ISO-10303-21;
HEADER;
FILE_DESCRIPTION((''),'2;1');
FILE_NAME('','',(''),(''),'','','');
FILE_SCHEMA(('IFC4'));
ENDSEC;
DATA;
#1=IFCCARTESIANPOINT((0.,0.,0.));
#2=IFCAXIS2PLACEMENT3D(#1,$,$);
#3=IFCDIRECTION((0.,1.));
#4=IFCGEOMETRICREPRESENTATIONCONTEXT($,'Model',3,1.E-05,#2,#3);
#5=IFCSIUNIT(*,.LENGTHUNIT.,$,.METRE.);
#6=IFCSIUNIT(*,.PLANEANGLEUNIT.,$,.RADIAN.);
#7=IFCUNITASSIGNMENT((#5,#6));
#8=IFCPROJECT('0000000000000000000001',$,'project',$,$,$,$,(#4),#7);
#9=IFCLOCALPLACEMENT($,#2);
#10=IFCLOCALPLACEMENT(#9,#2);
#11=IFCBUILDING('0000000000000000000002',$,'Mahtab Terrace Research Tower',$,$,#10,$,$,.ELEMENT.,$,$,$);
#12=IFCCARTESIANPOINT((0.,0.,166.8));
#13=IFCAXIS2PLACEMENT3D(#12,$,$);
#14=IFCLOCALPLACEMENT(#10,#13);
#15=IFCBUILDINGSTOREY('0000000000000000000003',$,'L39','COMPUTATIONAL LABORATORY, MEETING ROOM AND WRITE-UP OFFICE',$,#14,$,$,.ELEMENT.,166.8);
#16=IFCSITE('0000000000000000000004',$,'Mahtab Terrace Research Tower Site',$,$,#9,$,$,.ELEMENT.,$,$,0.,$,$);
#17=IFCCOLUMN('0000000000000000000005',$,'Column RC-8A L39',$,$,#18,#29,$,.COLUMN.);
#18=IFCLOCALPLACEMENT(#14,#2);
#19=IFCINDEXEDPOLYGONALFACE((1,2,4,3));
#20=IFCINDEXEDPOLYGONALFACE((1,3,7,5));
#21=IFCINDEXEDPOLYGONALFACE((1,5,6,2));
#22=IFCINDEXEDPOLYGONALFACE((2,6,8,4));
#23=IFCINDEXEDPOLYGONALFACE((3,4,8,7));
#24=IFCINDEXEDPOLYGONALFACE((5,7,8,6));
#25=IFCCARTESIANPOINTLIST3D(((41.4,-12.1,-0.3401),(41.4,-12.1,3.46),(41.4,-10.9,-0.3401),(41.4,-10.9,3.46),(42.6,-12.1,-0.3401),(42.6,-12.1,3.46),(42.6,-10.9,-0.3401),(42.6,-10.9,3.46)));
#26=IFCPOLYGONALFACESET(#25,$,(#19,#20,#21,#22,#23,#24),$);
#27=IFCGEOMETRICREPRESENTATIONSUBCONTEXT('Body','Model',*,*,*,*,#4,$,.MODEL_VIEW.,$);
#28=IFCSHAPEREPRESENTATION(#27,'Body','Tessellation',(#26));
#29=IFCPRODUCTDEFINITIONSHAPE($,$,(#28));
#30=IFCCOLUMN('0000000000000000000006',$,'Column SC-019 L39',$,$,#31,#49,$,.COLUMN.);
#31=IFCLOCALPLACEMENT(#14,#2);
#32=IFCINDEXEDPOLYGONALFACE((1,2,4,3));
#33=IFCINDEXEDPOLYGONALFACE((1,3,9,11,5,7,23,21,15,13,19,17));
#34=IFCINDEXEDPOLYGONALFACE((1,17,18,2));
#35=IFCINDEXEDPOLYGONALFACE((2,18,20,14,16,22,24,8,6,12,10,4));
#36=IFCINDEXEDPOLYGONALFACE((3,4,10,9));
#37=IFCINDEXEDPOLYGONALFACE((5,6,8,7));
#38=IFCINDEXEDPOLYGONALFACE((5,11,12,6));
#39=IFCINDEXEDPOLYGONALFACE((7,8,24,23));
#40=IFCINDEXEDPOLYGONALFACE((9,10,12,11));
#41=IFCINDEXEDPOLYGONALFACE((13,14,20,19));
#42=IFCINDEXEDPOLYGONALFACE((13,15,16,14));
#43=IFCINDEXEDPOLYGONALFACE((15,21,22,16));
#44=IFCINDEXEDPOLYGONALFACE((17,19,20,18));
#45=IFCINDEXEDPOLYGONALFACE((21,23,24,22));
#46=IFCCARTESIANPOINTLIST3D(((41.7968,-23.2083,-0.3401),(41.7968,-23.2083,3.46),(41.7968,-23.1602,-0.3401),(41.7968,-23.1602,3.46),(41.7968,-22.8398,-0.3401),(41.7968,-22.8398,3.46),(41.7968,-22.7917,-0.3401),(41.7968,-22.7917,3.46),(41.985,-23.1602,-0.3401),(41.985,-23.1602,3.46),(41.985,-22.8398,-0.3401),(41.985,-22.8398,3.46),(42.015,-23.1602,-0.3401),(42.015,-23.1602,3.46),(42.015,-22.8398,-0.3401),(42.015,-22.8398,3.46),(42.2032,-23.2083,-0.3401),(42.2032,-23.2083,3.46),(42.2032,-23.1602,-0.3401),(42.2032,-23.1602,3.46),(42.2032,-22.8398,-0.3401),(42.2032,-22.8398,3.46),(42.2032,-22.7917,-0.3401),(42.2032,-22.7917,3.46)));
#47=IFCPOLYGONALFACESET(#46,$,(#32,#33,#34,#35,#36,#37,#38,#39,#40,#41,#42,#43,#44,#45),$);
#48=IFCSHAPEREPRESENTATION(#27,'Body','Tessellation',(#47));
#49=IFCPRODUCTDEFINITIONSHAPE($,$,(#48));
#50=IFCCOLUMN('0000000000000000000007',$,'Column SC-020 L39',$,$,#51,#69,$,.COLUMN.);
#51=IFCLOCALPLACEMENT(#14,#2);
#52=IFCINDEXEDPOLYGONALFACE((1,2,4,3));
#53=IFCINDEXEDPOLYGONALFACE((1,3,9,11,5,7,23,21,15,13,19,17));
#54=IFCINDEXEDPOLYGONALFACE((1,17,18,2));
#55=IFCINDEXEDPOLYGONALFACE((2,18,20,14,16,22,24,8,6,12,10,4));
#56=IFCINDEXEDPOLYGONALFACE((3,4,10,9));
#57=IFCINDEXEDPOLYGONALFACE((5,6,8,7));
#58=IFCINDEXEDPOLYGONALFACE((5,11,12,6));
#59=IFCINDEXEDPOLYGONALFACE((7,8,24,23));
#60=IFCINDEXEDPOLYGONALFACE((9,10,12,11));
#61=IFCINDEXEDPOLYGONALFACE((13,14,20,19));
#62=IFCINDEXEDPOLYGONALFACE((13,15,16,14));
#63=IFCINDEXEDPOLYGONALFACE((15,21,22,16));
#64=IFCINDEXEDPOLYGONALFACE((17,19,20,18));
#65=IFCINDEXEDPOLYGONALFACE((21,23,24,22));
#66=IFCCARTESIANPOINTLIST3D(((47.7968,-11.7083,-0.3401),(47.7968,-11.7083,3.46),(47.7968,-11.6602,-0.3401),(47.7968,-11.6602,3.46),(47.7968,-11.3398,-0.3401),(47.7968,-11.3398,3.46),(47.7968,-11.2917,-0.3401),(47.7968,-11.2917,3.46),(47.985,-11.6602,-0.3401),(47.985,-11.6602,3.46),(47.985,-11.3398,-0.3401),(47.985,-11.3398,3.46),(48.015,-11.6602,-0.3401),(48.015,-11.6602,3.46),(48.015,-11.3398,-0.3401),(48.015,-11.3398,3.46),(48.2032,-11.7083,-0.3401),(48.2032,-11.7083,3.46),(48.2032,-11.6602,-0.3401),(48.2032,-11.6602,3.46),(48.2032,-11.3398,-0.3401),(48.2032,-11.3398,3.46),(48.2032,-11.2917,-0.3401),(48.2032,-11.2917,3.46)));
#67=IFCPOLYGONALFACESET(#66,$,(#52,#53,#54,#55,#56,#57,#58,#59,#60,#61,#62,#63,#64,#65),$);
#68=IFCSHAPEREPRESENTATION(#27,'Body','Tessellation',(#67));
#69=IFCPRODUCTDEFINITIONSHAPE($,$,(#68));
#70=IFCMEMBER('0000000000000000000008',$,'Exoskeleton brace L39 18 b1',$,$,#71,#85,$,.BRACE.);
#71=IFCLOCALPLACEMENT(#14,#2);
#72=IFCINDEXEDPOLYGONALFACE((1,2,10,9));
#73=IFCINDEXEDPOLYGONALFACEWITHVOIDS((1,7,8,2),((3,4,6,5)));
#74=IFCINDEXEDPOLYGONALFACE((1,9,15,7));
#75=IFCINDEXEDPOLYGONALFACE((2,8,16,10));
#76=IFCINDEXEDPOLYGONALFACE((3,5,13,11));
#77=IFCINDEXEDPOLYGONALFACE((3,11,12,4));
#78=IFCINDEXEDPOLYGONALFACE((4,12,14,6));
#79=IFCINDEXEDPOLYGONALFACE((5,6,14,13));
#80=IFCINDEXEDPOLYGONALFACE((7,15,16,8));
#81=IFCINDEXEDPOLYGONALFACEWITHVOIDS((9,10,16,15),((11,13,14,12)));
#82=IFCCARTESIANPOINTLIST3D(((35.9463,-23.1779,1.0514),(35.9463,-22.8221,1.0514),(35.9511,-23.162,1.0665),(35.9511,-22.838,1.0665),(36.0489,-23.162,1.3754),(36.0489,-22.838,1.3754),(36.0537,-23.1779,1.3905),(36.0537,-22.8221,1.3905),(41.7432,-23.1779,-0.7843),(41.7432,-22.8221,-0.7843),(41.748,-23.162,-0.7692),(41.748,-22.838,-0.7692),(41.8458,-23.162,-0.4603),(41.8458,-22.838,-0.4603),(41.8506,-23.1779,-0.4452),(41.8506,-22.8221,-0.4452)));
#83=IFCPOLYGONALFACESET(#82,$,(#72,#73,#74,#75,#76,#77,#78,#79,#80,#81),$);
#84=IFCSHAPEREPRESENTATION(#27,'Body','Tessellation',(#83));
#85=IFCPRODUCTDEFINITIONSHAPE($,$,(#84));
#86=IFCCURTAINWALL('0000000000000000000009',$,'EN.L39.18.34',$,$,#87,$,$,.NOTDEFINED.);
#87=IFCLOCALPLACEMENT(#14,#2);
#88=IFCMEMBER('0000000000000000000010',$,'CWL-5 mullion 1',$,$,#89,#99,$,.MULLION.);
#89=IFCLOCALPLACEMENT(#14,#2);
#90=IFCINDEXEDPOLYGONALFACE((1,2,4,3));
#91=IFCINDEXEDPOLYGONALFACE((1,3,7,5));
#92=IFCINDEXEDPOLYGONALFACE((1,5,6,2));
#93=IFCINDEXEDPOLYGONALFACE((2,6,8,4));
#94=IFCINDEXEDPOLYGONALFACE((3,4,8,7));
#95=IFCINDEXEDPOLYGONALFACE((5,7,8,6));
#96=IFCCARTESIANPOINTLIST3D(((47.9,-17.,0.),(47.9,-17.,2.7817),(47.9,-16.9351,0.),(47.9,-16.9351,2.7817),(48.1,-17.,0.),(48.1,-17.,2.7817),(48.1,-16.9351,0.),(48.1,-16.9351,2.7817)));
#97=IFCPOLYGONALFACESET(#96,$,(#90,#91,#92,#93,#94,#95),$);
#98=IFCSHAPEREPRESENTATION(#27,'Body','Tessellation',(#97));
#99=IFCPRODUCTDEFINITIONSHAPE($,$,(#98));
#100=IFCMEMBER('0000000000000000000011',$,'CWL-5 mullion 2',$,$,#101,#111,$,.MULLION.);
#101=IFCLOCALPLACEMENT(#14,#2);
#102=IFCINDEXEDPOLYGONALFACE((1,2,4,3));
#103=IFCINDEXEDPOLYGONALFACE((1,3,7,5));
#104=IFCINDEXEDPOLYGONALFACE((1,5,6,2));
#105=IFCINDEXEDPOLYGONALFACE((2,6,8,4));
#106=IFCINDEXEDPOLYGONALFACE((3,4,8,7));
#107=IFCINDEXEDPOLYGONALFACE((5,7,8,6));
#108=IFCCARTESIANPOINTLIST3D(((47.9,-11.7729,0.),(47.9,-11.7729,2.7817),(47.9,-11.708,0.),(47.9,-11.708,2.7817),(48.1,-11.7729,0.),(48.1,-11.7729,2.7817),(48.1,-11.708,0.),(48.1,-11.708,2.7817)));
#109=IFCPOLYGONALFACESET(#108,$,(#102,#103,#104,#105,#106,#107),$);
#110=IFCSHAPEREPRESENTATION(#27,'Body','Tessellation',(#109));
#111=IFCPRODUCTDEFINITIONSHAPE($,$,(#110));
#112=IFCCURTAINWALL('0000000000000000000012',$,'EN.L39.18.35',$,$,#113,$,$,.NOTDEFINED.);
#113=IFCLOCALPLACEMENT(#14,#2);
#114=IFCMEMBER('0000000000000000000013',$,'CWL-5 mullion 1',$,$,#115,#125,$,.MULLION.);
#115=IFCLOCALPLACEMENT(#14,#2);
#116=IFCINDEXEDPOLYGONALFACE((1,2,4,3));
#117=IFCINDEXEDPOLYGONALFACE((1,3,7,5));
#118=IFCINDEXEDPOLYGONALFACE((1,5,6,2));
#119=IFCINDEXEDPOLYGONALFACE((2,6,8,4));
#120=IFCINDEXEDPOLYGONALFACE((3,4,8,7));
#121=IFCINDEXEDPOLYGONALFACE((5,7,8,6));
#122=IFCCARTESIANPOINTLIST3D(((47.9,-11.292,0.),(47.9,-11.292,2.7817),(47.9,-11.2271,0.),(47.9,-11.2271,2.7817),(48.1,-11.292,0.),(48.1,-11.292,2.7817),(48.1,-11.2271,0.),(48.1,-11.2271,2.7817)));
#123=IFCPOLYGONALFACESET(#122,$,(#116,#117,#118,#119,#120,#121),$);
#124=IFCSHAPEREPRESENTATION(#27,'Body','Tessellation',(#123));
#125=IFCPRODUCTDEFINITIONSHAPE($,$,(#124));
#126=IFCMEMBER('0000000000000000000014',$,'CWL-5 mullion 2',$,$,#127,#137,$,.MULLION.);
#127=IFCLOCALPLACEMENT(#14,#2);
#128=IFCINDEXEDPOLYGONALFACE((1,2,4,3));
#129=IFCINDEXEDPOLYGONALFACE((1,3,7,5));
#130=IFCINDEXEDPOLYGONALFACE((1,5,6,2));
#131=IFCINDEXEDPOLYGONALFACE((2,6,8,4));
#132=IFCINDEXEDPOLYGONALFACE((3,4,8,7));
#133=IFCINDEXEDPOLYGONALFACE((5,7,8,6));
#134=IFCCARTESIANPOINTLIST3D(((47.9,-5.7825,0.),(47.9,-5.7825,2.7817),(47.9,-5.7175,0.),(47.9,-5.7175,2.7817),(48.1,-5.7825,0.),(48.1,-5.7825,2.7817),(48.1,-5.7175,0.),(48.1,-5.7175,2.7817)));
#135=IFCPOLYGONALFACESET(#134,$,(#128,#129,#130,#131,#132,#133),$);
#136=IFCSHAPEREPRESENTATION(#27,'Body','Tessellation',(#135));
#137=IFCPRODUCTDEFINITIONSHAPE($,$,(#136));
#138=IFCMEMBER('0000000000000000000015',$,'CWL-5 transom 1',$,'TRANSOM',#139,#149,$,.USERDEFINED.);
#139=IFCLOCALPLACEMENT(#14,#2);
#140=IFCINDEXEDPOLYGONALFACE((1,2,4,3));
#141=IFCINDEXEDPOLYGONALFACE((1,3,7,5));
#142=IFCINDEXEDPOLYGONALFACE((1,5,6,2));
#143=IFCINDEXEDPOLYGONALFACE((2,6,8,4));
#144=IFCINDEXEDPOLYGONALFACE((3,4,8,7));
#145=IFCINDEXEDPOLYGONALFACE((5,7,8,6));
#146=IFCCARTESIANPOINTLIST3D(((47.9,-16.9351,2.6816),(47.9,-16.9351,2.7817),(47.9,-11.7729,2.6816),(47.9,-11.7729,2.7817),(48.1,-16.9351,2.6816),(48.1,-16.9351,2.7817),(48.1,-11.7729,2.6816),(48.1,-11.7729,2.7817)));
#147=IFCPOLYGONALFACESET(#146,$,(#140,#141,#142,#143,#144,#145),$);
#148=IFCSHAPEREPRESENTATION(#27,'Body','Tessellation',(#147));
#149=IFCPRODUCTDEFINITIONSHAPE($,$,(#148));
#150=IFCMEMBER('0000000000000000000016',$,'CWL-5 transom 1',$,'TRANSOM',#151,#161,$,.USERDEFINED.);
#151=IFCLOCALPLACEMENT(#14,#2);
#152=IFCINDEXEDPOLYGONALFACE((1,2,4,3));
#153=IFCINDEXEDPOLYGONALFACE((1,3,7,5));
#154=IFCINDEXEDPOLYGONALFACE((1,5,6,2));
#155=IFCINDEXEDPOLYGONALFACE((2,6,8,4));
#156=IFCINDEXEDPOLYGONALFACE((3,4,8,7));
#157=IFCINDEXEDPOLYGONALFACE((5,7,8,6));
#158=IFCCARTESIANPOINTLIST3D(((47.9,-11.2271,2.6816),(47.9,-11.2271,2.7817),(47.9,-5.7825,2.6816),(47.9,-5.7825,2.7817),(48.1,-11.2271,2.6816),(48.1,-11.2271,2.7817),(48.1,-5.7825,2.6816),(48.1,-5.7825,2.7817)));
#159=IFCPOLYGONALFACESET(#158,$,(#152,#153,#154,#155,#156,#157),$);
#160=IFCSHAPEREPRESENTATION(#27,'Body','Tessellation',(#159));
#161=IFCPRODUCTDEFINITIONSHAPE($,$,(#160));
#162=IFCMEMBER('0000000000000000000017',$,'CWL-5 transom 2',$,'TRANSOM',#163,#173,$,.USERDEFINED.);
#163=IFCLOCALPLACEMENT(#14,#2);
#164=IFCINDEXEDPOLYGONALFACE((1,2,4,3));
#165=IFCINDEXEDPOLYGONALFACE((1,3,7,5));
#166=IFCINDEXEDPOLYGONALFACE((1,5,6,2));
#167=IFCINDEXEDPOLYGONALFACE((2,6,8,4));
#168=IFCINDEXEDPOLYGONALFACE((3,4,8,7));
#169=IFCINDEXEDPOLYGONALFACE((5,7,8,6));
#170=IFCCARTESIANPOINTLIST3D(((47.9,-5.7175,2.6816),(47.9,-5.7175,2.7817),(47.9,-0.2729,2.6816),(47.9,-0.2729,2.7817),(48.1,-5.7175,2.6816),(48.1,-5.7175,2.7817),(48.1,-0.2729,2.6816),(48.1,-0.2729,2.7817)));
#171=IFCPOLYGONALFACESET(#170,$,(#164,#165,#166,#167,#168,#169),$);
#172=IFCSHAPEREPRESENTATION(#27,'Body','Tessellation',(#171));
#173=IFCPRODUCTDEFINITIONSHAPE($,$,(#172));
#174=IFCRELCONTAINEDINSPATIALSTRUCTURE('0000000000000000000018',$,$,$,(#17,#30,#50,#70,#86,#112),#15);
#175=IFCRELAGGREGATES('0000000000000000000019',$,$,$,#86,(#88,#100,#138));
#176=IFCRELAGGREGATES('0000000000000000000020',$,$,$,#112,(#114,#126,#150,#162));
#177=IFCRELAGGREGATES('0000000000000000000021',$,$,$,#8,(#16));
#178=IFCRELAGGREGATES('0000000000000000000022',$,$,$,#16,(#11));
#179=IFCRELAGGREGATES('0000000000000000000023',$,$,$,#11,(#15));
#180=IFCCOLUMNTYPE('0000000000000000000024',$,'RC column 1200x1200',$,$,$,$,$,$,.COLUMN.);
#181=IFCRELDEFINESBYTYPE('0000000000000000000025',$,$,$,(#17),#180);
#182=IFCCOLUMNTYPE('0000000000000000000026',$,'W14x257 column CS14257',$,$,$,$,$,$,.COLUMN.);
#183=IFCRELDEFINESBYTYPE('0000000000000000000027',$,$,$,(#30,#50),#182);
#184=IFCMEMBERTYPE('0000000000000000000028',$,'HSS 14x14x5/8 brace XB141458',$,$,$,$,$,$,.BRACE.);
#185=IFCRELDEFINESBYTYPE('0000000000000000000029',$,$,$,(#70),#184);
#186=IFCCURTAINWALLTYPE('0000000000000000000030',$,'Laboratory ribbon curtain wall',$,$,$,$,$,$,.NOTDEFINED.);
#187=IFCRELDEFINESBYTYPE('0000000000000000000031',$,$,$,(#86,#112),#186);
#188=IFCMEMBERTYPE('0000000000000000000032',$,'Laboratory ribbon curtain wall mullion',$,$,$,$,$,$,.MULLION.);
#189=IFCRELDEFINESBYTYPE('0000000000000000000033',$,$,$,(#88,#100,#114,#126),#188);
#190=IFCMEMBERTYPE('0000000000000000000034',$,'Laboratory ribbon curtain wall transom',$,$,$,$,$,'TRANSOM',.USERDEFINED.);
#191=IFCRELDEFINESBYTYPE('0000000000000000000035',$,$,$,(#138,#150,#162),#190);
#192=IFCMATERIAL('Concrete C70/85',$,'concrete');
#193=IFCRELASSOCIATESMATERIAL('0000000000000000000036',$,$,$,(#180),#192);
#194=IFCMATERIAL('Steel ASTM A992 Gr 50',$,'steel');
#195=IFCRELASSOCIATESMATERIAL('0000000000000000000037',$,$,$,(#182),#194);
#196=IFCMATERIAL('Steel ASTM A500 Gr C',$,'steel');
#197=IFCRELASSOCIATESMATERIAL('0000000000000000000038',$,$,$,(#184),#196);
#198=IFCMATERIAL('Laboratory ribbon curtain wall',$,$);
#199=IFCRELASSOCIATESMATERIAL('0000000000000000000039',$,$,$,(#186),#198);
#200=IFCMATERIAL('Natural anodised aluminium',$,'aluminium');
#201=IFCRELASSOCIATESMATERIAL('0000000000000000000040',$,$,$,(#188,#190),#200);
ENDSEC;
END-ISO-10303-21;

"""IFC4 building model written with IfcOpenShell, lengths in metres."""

from ifc_helpers import new_model, si_unit, direction, frame, origin, origin_2d, place, context, subcontext, project, spatial, rectangle, hollow_rectangle, i_section, extrude, material, material_profile, profile_set, type_object, element, aggregate, save


model = new_model("IFC4")

# Units and contexts
model_context = context("Model", 3, precision=1e-05, world=origin(), true_north=direction((0.0, 1.0)))
body_context = subcontext(model_context, "Body", "Model", "MODEL_VIEW")
ifc_project = project(units=[si_unit("LENGTHUNIT", "METRE"), si_unit("PLANEANGLEUNIT", "RADIAN")], contexts=[model_context])

# Site, building, storey
site_placement = place(None, origin())
site = spatial("IfcSite", under=ifc_project, at=site_placement, Name="Mahtab Terrace Research Tower Site", CompositionType="ELEMENT", RefElevation=0.0)
building_placement = place(site_placement, origin())
building = spatial("IfcBuilding", under=site, at=building_placement, Name="Mahtab Terrace Research Tower", CompositionType="ELEMENT")
storey_placement = place(building_placement, frame((0.0, 0.0, 166.8)))
storey = spatial("IfcBuildingStorey", under=building, at=storey_placement, Name="L39", Description="COMPUTATIONAL LABORATORY, MEETING ROOM AND WRITE-UP OFFICE", CompositionType="ELEMENT", Elevation=166.8)

# Columns
ifc_material_1 = material(Name="Concrete C70/85", Category="concrete")
ifc_material_profile_1 = material_profile(ifc_material_1, rectangle(XDim=1.2, YDim=1.2, at=origin_2d()), Name="RC column 1200x1200")
ifc_profile_set_1 = profile_set([ifc_material_profile_1], Name="Concrete C70/85")
column_type_1 = type_object("IfcColumnType", Name="RC column 1200x1200", PredefinedType="COLUMN", material=ifc_profile_set_1)
column_placement = place(storey_placement, frame((42.0, -11.5, -0.3401), z_axis=(0.0, 0.0, 1.0), x_axis=(1.0, 0.0, 0.0)))
element("IfcColumn", 1, at=column_placement, inside=storey, type_object=column_type_1, Name="Column RC-8A L39", PredefinedType="COLUMN", context=body_context, shape_type="SweptSolid", body=[
    extrude(rectangle(XDim=1.2, YDim=1.2, at=origin_2d()), origin(), (0.0, 0.0, 1.0), 3.8),
])
ifc_material_2 = material(Name="Steel ASTM A992 Gr 50", Category="steel")
ifc_material_profile_2 = material_profile(ifc_material_2, i_section(OverallWidth=0.4065, OverallDepth=0.4165, WebThickness=0.03, FlangeThickness=0.0481, at=origin_2d()), Name="W14X257")
ifc_profile_set_2 = profile_set([ifc_material_profile_2], Name="Steel ASTM A992 Gr 50")
column_type_2 = type_object("IfcColumnType", Name="W14x257 column CS14257", PredefinedType="COLUMN", material=ifc_profile_set_2)
for number, where, z_axis, x_axis, name in (
    (2, (42.0, -23.0, -0.3401), (0.0, 0.0, 1.0), (1.0, 0.0, 0.0), "Column SC-019 L39"),
    (3, (48.0, -11.5, -0.3401), (0.0, 0.0, 1.0), (1.0, 0.0, 0.0), "Column SC-020 L39"),
):
    element("IfcColumn", number, at=place(storey_placement, frame(where, z_axis=z_axis, x_axis=x_axis)), inside=storey, type_object=column_type_2, Name=name, PredefinedType="COLUMN", context=body_context, shape_type="SweptSolid", body=[
        extrude(i_section(OverallWidth=0.4065, OverallDepth=0.4165, WebThickness=0.03, FlangeThickness=0.0481, at=origin_2d()), origin(), (0.0, 0.0, 1.0), 3.8),
    ])

# Member
ifc_material_3 = material(Name="Steel ASTM A500 Gr C", Category="steel")
ifc_material_profile_3 = material_profile(ifc_material_3, hollow_rectangle(XDim=0.3557, YDim=0.3557, WallThickness=0.0159, at=origin_2d()), Name="HSS14X14X5/8")
ifc_profile_set_3 = profile_set([ifc_material_profile_3], Name="Steel ASTM A500 Gr C")
member_type_1 = type_object("IfcMemberType", Name="HSS 14x14x5/8 brace XB141458", PredefinedType="BRACE", material=ifc_profile_set_3)
member_1_placement = place(storey_placement, frame((41.7969, -23.0, -0.6147), z_axis=(-0.953341, 0.0, 0.301894), x_axis=(0.0, -1.0, 0.0)))
element("IfcMember", 4, at=member_1_placement, inside=storey, type_object=member_type_1, Name="Exoskeleton brace L39 18 b1", PredefinedType="BRACE", context=body_context, shape_type="SweptSolid", body=[
    extrude(hollow_rectangle(XDim=0.3557, YDim=0.3557, WallThickness=0.0159, at=origin_2d()), origin(), (0.0, 0.0, 1.0), 6.0806),
])

# Curtain walls, members
ifc_material_4 = material(Name="Laboratory ribbon curtain wall")
curtain_wall_type = type_object("IfcCurtainWallType", Name="Laboratory ribbon curtain wall", PredefinedType="NOTDEFINED", material=ifc_material_4)
curtain_wall_1_placement = place(storey_placement, origin())
curtain_wall_1 = element("IfcCurtainWall", 5, at=curtain_wall_1_placement, inside=storey, type_object=curtain_wall_type, Name="EN.L39.18.34", PredefinedType="NOTDEFINED")
ifc_material_5 = material(Name="Natural anodised aluminium", Category="aluminium")
ifc_material_profile_4 = material_profile(ifc_material_5, rectangle(XDim=0.2, YDim=0.0649, at=origin_2d()), Name="MULLION 65x200")
ifc_profile_set_4 = profile_set([ifc_material_profile_4], Name="Natural anodised aluminium")
member_type_2 = type_object("IfcMemberType", Name="Laboratory ribbon curtain wall mullion", PredefinedType="MULLION", material=ifc_profile_set_4)
member_2_placement = place(storey_placement, frame((48.0, -16.9675, 0.0), z_axis=(0.0, 0.0, 1.0), x_axis=(-1.0, 0.0, 0.0)))
member_2 = element("IfcMember", 6, at=member_2_placement, type_object=member_type_2, Name="CWL-5 mullion 1", PredefinedType="MULLION", context=body_context, shape_type="SweptSolid", body=[
    extrude(rectangle(XDim=0.2, YDim=0.0649, at=origin_2d()), origin(), (0.0, 0.0, 1.0), 2.7817),
])
member_3_placement = place(storey_placement, frame((48.0, -11.7405, 0.0), z_axis=(0.0, 0.0, 1.0), x_axis=(-1.0, 0.0, 0.0)))
member_3 = element("IfcMember", 7, at=member_3_placement, type_object=member_type_2, Name="CWL-5 mullion 2", PredefinedType="MULLION", context=body_context, shape_type="SweptSolid", body=[
    extrude(rectangle(XDim=0.2, YDim=0.0649, at=origin_2d()), origin(), (0.0, 0.0, 1.0), 2.7817),
])
curtain_wall_2_placement = place(storey_placement, origin())
curtain_wall_2 = element("IfcCurtainWall", 8, at=curtain_wall_2_placement, inside=storey, type_object=curtain_wall_type, Name="EN.L39.18.35", PredefinedType="NOTDEFINED")
member_4_placement = place(storey_placement, frame((48.0, -11.2595, 0.0), z_axis=(0.0, 0.0, 1.0), x_axis=(-1.0, 0.0, 0.0)))
member_4 = element("IfcMember", 9, at=member_4_placement, type_object=member_type_2, Name="CWL-5 mullion 1", PredefinedType="MULLION", context=body_context, shape_type="SweptSolid", body=[
    extrude(rectangle(XDim=0.2, YDim=0.0649, at=origin_2d()), origin(), (0.0, 0.0, 1.0), 2.7817),
])
member_5_placement = place(storey_placement, frame((48.0, -5.75, 0.0), z_axis=(0.0, 0.0, 1.0), x_axis=(-1.0, 0.0, 0.0)))
member_5 = element("IfcMember", 10, at=member_5_placement, type_object=member_type_2, Name="CWL-5 mullion 2", PredefinedType="MULLION", context=body_context, shape_type="SweptSolid", body=[
    extrude(rectangle(XDim=0.2, YDim=0.0649, at=origin_2d()), origin(), (0.0, 0.0, 1.0), 2.7817),
])

# Members
ifc_material_profile_5 = material_profile(ifc_material_5, rectangle(XDim=0.2, YDim=0.1001, at=origin_2d()), Name="TRANSOM 100x200")
ifc_profile_set_5 = profile_set([ifc_material_profile_5], Name="Natural anodised aluminium")
member_type_3 = type_object("IfcMemberType", Name="Laboratory ribbon curtain wall transom", ElementType="TRANSOM", PredefinedType="USERDEFINED", material=ifc_profile_set_5)
member_6_placement = place(storey_placement, frame((48.0, -16.9351, 2.7317), z_axis=(0.0, 1.0, 0.0), x_axis=(-1.0, 0.0, 0.0)))
member_6 = element("IfcMember", 11, at=member_6_placement, type_object=member_type_3, Name="CWL-5 transom 1", ObjectType="TRANSOM", PredefinedType="USERDEFINED", context=body_context, shape_type="SweptSolid", body=[
    extrude(rectangle(XDim=0.2, YDim=0.1001, at=origin_2d()), origin(), (0.0, 0.0, 1.0), 5.1621),
])
member_7_placement = place(storey_placement, frame((48.0, -11.2271, 2.7317), z_axis=(0.0, 1.0, 0.0), x_axis=(-1.0, 0.0, 0.0)))
member_7 = element("IfcMember", 12, at=member_7_placement, type_object=member_type_3, Name="CWL-5 transom 1", ObjectType="TRANSOM", PredefinedType="USERDEFINED", context=body_context, shape_type="SweptSolid", body=[
    extrude(rectangle(XDim=0.2, YDim=0.1001, at=origin_2d()), origin(), (0.0, 0.0, 1.0), 5.4446),
])
member_8_placement = place(storey_placement, frame((48.0, -5.7175, 2.7317), z_axis=(0.0, 1.0, 0.0), x_axis=(-1.0, 0.0, 0.0)))
member_8 = element("IfcMember", 13, at=member_8_placement, type_object=member_type_3, Name="CWL-5 transom 2", ObjectType="TRANSOM", PredefinedType="USERDEFINED", context=body_context, shape_type="SweptSolid", body=[
    extrude(rectangle(XDim=0.2, YDim=0.1001, at=origin_2d()), origin(), (0.0, 0.0, 1.0), 5.4446),
])

aggregate(curtain_wall_1, [member_2, member_3, member_6])
aggregate(curtain_wall_2, [member_4, member_5, member_7, member_8])

save(model, "model.ifc")
